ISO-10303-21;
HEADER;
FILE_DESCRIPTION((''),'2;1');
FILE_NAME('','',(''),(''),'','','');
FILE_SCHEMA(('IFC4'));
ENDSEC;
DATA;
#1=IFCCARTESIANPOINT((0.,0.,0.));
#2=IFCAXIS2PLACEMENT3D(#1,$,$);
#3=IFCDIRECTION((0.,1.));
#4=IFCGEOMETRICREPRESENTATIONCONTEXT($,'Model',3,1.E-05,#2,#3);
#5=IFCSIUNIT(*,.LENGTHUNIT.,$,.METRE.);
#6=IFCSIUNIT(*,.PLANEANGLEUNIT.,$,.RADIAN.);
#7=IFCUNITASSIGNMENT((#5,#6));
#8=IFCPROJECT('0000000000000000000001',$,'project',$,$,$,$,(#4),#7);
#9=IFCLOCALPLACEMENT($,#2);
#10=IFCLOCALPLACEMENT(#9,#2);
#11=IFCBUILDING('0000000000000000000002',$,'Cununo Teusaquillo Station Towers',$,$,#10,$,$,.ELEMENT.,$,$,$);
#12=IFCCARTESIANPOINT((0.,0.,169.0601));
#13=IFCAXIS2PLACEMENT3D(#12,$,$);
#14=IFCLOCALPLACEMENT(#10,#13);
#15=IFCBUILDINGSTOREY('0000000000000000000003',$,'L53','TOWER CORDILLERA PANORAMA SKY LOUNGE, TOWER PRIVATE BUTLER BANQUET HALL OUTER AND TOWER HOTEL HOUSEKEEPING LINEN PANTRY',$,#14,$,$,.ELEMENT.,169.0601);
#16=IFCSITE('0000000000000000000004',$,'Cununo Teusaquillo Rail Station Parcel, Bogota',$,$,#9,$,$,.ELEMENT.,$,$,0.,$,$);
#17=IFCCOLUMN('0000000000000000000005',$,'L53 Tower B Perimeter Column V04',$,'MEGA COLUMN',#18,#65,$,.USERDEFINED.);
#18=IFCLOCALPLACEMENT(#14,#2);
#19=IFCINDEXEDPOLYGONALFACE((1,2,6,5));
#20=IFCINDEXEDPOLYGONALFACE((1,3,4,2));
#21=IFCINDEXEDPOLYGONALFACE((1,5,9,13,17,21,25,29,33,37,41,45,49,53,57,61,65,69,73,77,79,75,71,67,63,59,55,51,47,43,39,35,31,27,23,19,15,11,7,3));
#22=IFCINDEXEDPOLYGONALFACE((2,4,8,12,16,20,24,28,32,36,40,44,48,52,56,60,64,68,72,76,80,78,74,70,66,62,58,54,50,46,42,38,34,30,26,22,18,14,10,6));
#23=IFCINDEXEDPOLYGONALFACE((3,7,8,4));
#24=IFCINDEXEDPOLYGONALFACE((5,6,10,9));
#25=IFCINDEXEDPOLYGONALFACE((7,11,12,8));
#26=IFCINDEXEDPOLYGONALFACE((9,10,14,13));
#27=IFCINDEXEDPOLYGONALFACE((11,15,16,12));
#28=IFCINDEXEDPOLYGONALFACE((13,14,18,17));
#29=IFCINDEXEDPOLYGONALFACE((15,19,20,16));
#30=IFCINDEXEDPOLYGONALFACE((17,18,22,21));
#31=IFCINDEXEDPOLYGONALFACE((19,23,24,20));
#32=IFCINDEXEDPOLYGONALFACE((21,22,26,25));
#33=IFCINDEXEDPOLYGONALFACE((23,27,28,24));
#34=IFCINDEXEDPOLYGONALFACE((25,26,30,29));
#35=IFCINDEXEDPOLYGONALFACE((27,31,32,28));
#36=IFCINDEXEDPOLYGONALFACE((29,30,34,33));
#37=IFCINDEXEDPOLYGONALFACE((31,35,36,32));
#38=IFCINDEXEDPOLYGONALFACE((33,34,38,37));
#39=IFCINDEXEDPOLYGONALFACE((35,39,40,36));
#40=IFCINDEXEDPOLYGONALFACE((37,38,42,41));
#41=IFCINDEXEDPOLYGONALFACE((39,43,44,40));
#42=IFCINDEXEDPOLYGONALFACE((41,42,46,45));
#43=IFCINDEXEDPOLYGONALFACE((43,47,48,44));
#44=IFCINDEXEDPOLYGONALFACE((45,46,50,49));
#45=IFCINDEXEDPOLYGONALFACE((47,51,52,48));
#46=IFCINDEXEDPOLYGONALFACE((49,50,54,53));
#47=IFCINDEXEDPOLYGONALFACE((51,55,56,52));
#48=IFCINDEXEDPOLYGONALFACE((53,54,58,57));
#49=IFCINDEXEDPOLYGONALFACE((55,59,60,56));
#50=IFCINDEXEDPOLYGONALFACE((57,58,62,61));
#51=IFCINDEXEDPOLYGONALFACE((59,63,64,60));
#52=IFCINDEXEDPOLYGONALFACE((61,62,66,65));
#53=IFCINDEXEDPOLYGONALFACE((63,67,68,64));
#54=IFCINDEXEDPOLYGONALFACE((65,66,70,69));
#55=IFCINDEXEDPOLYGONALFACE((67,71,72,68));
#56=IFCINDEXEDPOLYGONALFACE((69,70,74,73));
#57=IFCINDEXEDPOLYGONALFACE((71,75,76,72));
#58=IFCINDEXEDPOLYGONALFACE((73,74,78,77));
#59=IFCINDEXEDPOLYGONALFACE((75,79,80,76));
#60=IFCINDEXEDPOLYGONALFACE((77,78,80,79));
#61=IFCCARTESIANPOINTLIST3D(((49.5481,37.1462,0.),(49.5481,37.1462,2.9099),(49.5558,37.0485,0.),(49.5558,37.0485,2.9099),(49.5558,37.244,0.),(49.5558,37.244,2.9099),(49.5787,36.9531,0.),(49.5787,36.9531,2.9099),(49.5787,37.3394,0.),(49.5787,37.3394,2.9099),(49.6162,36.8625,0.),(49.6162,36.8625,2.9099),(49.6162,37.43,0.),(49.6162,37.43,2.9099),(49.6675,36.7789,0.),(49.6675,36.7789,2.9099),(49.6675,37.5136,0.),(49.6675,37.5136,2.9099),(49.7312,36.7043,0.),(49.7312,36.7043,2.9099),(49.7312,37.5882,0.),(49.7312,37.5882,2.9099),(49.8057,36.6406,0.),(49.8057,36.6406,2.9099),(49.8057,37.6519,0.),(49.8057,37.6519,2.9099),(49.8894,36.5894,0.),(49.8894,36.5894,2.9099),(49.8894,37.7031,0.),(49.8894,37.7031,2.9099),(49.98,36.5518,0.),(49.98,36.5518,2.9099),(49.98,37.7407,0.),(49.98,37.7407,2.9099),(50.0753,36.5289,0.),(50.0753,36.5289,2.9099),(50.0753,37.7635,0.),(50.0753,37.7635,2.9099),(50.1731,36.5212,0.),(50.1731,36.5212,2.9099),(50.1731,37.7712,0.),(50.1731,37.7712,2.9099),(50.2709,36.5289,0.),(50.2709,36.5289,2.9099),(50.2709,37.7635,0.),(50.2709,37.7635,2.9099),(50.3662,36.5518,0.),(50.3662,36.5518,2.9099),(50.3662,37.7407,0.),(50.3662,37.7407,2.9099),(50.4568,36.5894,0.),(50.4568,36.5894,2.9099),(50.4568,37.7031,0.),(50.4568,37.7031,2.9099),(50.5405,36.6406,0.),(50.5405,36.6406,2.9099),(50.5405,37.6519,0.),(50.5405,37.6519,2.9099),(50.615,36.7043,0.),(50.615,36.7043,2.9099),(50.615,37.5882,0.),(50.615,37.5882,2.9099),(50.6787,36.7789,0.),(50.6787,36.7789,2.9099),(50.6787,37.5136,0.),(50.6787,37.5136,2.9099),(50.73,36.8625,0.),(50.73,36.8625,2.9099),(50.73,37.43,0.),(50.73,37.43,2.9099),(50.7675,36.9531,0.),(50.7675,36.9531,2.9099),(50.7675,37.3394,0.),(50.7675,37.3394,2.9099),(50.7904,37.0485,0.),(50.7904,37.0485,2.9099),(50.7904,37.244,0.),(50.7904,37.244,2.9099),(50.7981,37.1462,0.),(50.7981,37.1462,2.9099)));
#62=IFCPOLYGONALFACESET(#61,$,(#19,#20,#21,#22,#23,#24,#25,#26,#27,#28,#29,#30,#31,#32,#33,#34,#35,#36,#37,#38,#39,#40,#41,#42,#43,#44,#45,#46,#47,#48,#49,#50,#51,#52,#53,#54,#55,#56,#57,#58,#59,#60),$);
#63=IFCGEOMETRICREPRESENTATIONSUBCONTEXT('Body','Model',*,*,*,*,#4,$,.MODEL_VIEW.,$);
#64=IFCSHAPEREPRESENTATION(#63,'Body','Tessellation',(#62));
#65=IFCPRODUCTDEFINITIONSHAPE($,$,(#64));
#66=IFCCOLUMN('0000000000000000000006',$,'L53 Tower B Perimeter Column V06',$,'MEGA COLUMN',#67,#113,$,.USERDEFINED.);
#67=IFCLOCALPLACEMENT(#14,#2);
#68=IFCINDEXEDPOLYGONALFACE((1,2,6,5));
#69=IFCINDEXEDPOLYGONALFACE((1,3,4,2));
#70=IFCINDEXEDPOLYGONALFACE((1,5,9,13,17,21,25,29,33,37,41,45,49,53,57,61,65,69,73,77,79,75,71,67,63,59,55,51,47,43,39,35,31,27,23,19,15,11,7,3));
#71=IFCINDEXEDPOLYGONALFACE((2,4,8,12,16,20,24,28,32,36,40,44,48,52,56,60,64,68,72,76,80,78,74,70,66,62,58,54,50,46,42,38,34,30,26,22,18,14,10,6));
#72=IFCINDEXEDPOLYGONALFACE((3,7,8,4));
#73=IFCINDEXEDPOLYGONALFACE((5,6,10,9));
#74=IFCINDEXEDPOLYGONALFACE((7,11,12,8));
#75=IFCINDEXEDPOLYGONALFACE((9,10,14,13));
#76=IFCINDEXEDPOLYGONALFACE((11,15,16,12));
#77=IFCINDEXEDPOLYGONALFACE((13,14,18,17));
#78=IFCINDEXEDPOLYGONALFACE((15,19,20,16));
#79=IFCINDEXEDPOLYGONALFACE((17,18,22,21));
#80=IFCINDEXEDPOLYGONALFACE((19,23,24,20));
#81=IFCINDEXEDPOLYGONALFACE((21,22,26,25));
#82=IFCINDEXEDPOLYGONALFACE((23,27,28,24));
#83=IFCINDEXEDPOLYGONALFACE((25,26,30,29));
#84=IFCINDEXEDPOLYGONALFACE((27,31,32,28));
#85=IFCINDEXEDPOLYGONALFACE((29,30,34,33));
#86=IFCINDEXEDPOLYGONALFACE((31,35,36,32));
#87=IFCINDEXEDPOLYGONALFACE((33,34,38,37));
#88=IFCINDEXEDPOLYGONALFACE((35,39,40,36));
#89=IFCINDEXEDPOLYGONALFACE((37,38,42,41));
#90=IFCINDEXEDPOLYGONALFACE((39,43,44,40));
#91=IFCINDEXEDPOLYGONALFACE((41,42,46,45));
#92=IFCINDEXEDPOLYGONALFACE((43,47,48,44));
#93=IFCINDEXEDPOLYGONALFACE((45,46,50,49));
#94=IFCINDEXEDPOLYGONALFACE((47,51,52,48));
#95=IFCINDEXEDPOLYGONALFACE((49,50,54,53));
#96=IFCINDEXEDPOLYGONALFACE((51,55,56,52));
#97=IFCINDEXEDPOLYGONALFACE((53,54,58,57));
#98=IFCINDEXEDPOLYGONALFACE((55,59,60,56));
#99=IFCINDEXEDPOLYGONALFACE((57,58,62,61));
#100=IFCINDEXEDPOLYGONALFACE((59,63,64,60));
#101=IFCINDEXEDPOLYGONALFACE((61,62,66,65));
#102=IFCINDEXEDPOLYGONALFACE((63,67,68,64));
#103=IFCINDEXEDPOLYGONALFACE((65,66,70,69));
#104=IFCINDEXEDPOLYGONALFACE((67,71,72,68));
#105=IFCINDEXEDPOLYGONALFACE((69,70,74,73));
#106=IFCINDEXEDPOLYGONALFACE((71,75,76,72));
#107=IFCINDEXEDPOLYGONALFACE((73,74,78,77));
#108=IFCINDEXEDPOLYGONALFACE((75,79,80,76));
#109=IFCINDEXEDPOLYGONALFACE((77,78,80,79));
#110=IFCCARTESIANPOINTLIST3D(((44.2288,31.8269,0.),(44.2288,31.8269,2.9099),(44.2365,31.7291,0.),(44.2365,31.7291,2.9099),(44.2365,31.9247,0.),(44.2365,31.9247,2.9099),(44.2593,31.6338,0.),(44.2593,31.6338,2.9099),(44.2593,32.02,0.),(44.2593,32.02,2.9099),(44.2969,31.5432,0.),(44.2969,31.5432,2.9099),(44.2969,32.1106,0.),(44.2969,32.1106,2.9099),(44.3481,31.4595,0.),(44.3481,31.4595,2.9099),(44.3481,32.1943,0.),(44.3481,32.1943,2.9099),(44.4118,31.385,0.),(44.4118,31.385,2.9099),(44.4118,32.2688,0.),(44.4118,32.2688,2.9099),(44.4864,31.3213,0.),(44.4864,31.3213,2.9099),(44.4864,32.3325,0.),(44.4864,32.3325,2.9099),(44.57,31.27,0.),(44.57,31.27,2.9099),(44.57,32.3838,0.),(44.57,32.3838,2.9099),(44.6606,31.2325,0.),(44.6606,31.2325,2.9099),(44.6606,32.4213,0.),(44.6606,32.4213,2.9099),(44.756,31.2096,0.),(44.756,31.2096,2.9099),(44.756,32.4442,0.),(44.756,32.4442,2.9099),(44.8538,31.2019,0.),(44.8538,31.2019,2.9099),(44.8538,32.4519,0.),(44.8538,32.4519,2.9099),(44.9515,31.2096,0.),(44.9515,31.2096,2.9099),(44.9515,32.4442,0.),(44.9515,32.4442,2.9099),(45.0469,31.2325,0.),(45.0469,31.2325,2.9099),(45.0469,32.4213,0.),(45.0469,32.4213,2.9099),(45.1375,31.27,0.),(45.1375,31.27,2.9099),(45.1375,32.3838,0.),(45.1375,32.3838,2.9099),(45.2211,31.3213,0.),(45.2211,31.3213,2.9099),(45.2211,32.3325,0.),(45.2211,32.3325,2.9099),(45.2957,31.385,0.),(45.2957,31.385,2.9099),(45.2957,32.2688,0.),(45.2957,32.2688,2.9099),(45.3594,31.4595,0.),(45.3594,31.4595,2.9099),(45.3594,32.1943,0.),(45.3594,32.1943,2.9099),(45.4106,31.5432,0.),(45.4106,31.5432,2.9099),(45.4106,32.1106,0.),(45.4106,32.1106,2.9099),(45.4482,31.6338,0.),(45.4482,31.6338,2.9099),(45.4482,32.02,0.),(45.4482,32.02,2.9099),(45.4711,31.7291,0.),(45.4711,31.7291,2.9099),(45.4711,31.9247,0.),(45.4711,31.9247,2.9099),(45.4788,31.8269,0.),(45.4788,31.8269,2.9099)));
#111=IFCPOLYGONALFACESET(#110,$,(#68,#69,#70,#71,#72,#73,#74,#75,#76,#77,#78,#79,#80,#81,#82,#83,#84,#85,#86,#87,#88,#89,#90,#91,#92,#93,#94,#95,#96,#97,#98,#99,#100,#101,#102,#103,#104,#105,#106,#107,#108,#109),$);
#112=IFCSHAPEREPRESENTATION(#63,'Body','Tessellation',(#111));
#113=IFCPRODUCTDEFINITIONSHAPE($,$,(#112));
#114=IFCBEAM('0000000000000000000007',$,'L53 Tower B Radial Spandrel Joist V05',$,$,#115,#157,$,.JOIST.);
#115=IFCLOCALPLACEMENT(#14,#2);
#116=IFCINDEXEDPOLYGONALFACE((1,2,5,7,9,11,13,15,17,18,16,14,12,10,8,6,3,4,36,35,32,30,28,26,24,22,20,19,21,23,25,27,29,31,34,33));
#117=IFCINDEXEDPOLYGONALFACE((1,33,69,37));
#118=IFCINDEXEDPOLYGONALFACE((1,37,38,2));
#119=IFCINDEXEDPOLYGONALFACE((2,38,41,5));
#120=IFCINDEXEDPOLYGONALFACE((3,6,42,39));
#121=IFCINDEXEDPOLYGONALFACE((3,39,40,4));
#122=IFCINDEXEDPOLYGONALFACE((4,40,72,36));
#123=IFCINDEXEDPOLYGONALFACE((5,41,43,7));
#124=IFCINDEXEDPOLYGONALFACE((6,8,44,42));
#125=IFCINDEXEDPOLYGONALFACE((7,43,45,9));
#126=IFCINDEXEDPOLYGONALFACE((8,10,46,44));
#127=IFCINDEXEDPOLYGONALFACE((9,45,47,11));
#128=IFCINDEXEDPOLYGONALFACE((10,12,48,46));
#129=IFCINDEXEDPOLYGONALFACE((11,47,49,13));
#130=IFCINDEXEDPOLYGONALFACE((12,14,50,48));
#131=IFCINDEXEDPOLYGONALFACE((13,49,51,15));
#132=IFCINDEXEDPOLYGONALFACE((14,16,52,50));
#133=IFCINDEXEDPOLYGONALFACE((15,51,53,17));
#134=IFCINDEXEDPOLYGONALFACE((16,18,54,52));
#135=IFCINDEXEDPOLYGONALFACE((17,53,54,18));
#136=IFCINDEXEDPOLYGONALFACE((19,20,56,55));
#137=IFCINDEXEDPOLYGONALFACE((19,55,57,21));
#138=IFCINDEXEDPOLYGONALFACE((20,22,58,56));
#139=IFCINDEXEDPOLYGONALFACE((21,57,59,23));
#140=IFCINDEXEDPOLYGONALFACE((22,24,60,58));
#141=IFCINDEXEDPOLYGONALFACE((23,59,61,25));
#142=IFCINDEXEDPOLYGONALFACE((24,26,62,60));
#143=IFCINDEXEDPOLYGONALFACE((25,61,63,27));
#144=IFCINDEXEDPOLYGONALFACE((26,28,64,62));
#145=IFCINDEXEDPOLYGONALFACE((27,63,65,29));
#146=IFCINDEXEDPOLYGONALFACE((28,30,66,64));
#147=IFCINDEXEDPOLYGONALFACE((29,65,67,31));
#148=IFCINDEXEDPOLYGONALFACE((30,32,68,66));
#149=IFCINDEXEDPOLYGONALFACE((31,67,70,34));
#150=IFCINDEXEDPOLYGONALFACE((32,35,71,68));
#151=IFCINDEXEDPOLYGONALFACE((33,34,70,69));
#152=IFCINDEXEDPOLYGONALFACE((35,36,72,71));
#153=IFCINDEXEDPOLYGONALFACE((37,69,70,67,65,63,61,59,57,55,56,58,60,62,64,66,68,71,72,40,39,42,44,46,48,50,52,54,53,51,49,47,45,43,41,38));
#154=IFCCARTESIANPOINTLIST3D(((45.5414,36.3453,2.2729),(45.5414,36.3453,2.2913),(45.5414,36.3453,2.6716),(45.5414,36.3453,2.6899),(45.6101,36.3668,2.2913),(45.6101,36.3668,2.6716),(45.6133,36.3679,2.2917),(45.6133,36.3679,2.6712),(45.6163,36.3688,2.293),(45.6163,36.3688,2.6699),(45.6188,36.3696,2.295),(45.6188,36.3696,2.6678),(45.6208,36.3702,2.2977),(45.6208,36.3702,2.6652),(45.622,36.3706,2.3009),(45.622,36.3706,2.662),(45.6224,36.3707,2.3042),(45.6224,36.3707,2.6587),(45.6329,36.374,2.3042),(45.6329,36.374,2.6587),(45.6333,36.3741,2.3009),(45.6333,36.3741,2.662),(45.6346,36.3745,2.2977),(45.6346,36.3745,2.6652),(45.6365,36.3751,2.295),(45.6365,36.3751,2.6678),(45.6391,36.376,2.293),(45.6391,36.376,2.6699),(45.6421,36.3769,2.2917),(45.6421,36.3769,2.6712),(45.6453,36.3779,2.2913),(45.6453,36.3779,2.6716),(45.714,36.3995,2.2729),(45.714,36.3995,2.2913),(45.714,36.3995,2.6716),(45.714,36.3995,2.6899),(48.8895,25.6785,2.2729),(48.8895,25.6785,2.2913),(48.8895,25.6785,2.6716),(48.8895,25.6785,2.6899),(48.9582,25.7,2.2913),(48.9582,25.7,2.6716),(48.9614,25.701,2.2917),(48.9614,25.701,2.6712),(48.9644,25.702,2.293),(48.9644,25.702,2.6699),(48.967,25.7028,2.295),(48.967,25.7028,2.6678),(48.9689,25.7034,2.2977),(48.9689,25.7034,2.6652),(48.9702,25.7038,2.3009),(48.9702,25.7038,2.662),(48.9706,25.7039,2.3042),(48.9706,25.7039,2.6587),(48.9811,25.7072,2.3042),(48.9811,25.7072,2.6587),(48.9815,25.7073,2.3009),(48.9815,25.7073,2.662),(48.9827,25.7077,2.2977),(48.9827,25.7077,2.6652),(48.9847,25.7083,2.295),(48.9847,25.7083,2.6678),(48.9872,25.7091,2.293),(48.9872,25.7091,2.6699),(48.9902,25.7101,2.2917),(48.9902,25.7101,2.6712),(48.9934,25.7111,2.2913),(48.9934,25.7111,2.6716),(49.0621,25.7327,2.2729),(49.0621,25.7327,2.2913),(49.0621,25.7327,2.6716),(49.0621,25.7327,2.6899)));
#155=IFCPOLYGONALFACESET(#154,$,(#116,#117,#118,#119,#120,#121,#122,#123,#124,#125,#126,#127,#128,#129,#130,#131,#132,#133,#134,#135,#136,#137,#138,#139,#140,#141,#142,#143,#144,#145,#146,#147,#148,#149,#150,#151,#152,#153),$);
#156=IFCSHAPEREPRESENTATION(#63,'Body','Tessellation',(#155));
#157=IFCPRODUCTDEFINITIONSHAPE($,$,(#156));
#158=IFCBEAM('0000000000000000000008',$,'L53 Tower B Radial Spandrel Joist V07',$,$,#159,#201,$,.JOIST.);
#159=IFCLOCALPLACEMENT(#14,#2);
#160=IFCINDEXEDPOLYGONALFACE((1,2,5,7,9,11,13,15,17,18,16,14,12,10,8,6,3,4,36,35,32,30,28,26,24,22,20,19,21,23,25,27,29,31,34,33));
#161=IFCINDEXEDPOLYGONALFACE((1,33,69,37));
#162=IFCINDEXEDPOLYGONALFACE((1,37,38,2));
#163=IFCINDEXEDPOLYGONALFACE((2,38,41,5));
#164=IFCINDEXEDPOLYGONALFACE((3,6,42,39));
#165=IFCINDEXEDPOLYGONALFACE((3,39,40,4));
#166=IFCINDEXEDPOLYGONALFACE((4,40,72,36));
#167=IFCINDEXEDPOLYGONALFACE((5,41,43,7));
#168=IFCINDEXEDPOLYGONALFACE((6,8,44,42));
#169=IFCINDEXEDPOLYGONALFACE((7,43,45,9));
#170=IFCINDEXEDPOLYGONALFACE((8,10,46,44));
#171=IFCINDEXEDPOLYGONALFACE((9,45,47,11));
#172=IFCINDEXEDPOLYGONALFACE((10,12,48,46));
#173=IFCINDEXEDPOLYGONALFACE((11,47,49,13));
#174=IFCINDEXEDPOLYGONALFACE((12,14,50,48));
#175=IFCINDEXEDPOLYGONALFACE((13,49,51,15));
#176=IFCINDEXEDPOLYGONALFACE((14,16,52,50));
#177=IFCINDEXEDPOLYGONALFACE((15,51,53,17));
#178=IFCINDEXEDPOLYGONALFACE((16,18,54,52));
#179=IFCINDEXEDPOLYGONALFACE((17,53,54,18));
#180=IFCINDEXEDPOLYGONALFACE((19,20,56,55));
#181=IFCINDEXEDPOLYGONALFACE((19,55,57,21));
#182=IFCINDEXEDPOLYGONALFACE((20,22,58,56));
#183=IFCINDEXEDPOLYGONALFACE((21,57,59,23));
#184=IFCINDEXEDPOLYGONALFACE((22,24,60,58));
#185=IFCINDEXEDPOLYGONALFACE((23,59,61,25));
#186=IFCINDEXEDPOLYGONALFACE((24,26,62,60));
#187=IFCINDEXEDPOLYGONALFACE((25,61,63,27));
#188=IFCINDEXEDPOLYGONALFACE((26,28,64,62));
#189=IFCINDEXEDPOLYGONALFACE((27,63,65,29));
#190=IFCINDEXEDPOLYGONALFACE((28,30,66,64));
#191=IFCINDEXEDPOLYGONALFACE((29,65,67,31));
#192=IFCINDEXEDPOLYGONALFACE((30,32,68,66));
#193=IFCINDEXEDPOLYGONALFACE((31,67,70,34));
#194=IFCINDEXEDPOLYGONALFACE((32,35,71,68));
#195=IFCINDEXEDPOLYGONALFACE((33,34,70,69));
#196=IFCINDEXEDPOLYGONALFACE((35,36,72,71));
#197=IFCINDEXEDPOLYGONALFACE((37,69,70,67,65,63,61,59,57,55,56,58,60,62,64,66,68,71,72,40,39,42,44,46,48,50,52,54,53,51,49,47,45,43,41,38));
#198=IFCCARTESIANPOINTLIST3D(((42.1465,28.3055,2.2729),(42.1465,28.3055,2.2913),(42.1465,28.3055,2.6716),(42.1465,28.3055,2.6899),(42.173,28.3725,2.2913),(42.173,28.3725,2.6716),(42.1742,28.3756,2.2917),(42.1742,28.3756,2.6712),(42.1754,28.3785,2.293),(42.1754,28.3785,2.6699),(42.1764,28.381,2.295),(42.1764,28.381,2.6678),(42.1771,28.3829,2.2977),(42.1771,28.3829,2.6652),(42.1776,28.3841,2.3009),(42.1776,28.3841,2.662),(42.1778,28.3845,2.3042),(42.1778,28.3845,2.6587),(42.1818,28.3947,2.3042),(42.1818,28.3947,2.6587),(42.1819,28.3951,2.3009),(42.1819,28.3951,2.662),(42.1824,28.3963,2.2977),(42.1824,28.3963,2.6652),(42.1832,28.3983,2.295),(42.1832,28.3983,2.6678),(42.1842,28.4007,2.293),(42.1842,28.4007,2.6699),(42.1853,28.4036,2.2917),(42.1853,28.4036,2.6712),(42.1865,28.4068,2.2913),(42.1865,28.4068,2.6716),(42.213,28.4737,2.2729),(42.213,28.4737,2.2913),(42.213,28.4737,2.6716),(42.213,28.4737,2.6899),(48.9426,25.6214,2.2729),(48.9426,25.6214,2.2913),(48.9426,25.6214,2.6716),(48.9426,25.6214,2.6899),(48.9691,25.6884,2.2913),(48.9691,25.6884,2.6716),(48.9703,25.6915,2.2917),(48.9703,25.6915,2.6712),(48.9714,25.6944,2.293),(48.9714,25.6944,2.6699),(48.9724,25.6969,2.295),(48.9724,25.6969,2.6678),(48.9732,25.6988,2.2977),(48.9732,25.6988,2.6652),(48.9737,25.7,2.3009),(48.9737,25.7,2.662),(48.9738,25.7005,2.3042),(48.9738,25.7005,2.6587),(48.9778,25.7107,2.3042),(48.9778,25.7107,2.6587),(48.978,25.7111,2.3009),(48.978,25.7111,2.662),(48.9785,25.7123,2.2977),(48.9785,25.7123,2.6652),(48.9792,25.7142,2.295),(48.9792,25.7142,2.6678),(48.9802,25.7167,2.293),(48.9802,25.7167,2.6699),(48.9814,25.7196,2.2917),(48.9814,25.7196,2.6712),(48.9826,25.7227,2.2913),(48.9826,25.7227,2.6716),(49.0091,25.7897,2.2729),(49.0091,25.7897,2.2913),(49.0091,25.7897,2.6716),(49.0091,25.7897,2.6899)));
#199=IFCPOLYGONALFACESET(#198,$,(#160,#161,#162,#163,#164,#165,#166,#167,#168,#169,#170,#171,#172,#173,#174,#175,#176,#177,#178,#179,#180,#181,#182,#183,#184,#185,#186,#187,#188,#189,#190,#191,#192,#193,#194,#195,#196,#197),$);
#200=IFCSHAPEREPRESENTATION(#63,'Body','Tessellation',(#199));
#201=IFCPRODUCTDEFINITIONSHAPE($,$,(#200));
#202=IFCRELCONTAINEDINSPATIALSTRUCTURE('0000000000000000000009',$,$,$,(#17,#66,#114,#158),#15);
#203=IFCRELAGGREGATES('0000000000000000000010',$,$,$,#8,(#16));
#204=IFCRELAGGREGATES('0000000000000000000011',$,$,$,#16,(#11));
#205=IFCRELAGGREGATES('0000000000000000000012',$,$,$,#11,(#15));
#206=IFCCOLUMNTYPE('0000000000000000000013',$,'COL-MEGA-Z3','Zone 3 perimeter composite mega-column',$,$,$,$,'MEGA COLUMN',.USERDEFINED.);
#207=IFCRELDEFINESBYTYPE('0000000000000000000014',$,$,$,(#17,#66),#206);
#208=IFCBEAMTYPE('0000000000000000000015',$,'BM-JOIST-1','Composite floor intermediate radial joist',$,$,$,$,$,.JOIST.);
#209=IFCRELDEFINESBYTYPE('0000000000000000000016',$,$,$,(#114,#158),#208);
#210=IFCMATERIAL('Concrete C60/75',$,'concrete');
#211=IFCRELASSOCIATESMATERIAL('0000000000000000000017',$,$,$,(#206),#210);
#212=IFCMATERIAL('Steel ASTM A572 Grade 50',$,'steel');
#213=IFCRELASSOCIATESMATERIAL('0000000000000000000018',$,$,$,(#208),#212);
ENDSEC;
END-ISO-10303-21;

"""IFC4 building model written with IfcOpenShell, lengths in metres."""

from ifc_helpers import new_model, si_unit, direction, frame, origin, origin_2d, place, context, subcontext, project, spatial, circle, i_section, extrude, material, material_profile, profile_set, type_object, element, save


model = new_model("IFC4")

# Units and contexts
model_context = context("Model", 3, precision=1e-05, world=origin(), true_north=direction((0.0, 1.0)))
body_context = subcontext(model_context, "Body", "Model", "MODEL_VIEW")
ifc_project = project(units=[si_unit("LENGTHUNIT", "METRE"), si_unit("PLANEANGLEUNIT", "RADIAN")], contexts=[model_context])

# Site, building, storey
site_placement = place(None, origin())
site = spatial("IfcSite", under=ifc_project, at=site_placement, Name="Cununo Teusaquillo Rail Station Parcel, Bogota", CompositionType="ELEMENT", RefElevation=0.0)
building_placement = place(site_placement, origin())
building = spatial("IfcBuilding", under=site, at=building_placement, Name="Cununo Teusaquillo Station Towers", CompositionType="ELEMENT")
storey_placement = place(building_placement, frame((0.0, 0.0, 169.0601)))
storey = spatial("IfcBuildingStorey", under=building, at=storey_placement, Name="L53", Description="TOWER CORDILLERA PANORAMA SKY LOUNGE, TOWER PRIVATE BUTLER BANQUET HALL OUTER AND TOWER HOTEL HOUSEKEEPING LINEN PANTRY", CompositionType="ELEMENT", Elevation=169.0601)

# Columns
ifc_material_1 = material(Name="Concrete C60/75", Category="concrete")
ifc_material_profile_1 = material_profile(ifc_material_1, circle(Radius=0.625, at=origin_2d()), Name="RC-CIRC-1250")
ifc_profile_set_1 = profile_set([ifc_material_profile_1], Name="Concrete C60/75")
column_type = type_object("IfcColumnType", Name="COL-MEGA-Z3", Description="Zone 3 perimeter composite mega-column", ElementType="MEGA COLUMN", PredefinedType="USERDEFINED", material=ifc_profile_set_1)
for number, where, z_axis, x_axis, name in (
    (1, (50.1731, 37.1462, 0.0), (0.0, 0.0, 1.0), (1.0, 0.0, 0.0), "L53 Tower B Perimeter Column V04"),
    (2, (44.8538, 31.8269, 0.0), (0.0, 0.0, 1.0), (1.0, 0.0, 0.0), "L53 Tower B Perimeter Column V06"),
):
    element("IfcColumn", number, at=place(storey_placement, frame(where, z_axis=z_axis, x_axis=x_axis)), inside=storey, type_object=column_type, Name=name, ObjectType="MEGA COLUMN", PredefinedType="USERDEFINED", context=body_context, shape_type="SweptSolid", body=[
        extrude(circle(Radius=0.625, at=origin_2d()), origin(), (0.0, 0.0, 1.0), 2.9099),
    ])

# Beams
ifc_material_2 = material(Name="Steel ASTM A572 Grade 50", Category="steel")
ifc_material_profile_2 = material_profile(ifc_material_2, i_section(OverallWidth=0.1809, OverallDepth=0.417, WebThickness=0.011, FlangeThickness=0.0183, FilletRadius=0.0129, at=origin_2d()), Name="W16X57")
ifc_profile_set_2 = profile_set([ifc_material_profile_2], Name="Steel ASTM A572 Grade 50")
beam_type_1 = type_object("IfcBeamType", Name="BM-JOIST-1", Description="Composite floor intermediate radial joist", PredefinedType="JOIST", material=ifc_profile_set_2)
beam_1_placement = place(storey_placement, frame((48.9758, 25.7056, 2.4814), z_axis=(-0.29948, 0.954103, 0.0), x_axis=(-0.954103, -0.29948, 0.0)))
element("IfcBeam", 3, at=beam_1_placement, inside=storey, type_object=beam_type_1, Name="L53 Tower B Radial Spandrel Joist V05", PredefinedType="JOIST", context=body_context, shape_type="SweptSolid", body=[
    extrude(i_section(OverallWidth=0.1809, OverallDepth=0.417, WebThickness=0.011, FlangeThickness=0.0183, FilletRadius=0.0129, at=origin_2d()), origin(), (0.0, 0.0, 1.0), 11.1799),
])
beam_2_placement = place(storey_placement, frame((48.9758, 25.7056, 2.4814), z_axis=(-0.93009, 0.367332, 0.0), x_axis=(-0.367332, -0.93009, 0.0)))
element("IfcBeam", 4, at=beam_2_placement, inside=storey, type_object=beam_type_1, Name="L53 Tower B Radial Spandrel Joist V07", PredefinedType="JOIST", context=body_context, shape_type="SweptSolid", body=[
    extrude(i_section(OverallWidth=0.1809, OverallDepth=0.417, WebThickness=0.011, FlangeThickness=0.0183, FilletRadius=0.0129, at=origin_2d()), origin(), (0.0, 0.0, 1.0), 7.3069),
])

save(model, "model.ifc")
